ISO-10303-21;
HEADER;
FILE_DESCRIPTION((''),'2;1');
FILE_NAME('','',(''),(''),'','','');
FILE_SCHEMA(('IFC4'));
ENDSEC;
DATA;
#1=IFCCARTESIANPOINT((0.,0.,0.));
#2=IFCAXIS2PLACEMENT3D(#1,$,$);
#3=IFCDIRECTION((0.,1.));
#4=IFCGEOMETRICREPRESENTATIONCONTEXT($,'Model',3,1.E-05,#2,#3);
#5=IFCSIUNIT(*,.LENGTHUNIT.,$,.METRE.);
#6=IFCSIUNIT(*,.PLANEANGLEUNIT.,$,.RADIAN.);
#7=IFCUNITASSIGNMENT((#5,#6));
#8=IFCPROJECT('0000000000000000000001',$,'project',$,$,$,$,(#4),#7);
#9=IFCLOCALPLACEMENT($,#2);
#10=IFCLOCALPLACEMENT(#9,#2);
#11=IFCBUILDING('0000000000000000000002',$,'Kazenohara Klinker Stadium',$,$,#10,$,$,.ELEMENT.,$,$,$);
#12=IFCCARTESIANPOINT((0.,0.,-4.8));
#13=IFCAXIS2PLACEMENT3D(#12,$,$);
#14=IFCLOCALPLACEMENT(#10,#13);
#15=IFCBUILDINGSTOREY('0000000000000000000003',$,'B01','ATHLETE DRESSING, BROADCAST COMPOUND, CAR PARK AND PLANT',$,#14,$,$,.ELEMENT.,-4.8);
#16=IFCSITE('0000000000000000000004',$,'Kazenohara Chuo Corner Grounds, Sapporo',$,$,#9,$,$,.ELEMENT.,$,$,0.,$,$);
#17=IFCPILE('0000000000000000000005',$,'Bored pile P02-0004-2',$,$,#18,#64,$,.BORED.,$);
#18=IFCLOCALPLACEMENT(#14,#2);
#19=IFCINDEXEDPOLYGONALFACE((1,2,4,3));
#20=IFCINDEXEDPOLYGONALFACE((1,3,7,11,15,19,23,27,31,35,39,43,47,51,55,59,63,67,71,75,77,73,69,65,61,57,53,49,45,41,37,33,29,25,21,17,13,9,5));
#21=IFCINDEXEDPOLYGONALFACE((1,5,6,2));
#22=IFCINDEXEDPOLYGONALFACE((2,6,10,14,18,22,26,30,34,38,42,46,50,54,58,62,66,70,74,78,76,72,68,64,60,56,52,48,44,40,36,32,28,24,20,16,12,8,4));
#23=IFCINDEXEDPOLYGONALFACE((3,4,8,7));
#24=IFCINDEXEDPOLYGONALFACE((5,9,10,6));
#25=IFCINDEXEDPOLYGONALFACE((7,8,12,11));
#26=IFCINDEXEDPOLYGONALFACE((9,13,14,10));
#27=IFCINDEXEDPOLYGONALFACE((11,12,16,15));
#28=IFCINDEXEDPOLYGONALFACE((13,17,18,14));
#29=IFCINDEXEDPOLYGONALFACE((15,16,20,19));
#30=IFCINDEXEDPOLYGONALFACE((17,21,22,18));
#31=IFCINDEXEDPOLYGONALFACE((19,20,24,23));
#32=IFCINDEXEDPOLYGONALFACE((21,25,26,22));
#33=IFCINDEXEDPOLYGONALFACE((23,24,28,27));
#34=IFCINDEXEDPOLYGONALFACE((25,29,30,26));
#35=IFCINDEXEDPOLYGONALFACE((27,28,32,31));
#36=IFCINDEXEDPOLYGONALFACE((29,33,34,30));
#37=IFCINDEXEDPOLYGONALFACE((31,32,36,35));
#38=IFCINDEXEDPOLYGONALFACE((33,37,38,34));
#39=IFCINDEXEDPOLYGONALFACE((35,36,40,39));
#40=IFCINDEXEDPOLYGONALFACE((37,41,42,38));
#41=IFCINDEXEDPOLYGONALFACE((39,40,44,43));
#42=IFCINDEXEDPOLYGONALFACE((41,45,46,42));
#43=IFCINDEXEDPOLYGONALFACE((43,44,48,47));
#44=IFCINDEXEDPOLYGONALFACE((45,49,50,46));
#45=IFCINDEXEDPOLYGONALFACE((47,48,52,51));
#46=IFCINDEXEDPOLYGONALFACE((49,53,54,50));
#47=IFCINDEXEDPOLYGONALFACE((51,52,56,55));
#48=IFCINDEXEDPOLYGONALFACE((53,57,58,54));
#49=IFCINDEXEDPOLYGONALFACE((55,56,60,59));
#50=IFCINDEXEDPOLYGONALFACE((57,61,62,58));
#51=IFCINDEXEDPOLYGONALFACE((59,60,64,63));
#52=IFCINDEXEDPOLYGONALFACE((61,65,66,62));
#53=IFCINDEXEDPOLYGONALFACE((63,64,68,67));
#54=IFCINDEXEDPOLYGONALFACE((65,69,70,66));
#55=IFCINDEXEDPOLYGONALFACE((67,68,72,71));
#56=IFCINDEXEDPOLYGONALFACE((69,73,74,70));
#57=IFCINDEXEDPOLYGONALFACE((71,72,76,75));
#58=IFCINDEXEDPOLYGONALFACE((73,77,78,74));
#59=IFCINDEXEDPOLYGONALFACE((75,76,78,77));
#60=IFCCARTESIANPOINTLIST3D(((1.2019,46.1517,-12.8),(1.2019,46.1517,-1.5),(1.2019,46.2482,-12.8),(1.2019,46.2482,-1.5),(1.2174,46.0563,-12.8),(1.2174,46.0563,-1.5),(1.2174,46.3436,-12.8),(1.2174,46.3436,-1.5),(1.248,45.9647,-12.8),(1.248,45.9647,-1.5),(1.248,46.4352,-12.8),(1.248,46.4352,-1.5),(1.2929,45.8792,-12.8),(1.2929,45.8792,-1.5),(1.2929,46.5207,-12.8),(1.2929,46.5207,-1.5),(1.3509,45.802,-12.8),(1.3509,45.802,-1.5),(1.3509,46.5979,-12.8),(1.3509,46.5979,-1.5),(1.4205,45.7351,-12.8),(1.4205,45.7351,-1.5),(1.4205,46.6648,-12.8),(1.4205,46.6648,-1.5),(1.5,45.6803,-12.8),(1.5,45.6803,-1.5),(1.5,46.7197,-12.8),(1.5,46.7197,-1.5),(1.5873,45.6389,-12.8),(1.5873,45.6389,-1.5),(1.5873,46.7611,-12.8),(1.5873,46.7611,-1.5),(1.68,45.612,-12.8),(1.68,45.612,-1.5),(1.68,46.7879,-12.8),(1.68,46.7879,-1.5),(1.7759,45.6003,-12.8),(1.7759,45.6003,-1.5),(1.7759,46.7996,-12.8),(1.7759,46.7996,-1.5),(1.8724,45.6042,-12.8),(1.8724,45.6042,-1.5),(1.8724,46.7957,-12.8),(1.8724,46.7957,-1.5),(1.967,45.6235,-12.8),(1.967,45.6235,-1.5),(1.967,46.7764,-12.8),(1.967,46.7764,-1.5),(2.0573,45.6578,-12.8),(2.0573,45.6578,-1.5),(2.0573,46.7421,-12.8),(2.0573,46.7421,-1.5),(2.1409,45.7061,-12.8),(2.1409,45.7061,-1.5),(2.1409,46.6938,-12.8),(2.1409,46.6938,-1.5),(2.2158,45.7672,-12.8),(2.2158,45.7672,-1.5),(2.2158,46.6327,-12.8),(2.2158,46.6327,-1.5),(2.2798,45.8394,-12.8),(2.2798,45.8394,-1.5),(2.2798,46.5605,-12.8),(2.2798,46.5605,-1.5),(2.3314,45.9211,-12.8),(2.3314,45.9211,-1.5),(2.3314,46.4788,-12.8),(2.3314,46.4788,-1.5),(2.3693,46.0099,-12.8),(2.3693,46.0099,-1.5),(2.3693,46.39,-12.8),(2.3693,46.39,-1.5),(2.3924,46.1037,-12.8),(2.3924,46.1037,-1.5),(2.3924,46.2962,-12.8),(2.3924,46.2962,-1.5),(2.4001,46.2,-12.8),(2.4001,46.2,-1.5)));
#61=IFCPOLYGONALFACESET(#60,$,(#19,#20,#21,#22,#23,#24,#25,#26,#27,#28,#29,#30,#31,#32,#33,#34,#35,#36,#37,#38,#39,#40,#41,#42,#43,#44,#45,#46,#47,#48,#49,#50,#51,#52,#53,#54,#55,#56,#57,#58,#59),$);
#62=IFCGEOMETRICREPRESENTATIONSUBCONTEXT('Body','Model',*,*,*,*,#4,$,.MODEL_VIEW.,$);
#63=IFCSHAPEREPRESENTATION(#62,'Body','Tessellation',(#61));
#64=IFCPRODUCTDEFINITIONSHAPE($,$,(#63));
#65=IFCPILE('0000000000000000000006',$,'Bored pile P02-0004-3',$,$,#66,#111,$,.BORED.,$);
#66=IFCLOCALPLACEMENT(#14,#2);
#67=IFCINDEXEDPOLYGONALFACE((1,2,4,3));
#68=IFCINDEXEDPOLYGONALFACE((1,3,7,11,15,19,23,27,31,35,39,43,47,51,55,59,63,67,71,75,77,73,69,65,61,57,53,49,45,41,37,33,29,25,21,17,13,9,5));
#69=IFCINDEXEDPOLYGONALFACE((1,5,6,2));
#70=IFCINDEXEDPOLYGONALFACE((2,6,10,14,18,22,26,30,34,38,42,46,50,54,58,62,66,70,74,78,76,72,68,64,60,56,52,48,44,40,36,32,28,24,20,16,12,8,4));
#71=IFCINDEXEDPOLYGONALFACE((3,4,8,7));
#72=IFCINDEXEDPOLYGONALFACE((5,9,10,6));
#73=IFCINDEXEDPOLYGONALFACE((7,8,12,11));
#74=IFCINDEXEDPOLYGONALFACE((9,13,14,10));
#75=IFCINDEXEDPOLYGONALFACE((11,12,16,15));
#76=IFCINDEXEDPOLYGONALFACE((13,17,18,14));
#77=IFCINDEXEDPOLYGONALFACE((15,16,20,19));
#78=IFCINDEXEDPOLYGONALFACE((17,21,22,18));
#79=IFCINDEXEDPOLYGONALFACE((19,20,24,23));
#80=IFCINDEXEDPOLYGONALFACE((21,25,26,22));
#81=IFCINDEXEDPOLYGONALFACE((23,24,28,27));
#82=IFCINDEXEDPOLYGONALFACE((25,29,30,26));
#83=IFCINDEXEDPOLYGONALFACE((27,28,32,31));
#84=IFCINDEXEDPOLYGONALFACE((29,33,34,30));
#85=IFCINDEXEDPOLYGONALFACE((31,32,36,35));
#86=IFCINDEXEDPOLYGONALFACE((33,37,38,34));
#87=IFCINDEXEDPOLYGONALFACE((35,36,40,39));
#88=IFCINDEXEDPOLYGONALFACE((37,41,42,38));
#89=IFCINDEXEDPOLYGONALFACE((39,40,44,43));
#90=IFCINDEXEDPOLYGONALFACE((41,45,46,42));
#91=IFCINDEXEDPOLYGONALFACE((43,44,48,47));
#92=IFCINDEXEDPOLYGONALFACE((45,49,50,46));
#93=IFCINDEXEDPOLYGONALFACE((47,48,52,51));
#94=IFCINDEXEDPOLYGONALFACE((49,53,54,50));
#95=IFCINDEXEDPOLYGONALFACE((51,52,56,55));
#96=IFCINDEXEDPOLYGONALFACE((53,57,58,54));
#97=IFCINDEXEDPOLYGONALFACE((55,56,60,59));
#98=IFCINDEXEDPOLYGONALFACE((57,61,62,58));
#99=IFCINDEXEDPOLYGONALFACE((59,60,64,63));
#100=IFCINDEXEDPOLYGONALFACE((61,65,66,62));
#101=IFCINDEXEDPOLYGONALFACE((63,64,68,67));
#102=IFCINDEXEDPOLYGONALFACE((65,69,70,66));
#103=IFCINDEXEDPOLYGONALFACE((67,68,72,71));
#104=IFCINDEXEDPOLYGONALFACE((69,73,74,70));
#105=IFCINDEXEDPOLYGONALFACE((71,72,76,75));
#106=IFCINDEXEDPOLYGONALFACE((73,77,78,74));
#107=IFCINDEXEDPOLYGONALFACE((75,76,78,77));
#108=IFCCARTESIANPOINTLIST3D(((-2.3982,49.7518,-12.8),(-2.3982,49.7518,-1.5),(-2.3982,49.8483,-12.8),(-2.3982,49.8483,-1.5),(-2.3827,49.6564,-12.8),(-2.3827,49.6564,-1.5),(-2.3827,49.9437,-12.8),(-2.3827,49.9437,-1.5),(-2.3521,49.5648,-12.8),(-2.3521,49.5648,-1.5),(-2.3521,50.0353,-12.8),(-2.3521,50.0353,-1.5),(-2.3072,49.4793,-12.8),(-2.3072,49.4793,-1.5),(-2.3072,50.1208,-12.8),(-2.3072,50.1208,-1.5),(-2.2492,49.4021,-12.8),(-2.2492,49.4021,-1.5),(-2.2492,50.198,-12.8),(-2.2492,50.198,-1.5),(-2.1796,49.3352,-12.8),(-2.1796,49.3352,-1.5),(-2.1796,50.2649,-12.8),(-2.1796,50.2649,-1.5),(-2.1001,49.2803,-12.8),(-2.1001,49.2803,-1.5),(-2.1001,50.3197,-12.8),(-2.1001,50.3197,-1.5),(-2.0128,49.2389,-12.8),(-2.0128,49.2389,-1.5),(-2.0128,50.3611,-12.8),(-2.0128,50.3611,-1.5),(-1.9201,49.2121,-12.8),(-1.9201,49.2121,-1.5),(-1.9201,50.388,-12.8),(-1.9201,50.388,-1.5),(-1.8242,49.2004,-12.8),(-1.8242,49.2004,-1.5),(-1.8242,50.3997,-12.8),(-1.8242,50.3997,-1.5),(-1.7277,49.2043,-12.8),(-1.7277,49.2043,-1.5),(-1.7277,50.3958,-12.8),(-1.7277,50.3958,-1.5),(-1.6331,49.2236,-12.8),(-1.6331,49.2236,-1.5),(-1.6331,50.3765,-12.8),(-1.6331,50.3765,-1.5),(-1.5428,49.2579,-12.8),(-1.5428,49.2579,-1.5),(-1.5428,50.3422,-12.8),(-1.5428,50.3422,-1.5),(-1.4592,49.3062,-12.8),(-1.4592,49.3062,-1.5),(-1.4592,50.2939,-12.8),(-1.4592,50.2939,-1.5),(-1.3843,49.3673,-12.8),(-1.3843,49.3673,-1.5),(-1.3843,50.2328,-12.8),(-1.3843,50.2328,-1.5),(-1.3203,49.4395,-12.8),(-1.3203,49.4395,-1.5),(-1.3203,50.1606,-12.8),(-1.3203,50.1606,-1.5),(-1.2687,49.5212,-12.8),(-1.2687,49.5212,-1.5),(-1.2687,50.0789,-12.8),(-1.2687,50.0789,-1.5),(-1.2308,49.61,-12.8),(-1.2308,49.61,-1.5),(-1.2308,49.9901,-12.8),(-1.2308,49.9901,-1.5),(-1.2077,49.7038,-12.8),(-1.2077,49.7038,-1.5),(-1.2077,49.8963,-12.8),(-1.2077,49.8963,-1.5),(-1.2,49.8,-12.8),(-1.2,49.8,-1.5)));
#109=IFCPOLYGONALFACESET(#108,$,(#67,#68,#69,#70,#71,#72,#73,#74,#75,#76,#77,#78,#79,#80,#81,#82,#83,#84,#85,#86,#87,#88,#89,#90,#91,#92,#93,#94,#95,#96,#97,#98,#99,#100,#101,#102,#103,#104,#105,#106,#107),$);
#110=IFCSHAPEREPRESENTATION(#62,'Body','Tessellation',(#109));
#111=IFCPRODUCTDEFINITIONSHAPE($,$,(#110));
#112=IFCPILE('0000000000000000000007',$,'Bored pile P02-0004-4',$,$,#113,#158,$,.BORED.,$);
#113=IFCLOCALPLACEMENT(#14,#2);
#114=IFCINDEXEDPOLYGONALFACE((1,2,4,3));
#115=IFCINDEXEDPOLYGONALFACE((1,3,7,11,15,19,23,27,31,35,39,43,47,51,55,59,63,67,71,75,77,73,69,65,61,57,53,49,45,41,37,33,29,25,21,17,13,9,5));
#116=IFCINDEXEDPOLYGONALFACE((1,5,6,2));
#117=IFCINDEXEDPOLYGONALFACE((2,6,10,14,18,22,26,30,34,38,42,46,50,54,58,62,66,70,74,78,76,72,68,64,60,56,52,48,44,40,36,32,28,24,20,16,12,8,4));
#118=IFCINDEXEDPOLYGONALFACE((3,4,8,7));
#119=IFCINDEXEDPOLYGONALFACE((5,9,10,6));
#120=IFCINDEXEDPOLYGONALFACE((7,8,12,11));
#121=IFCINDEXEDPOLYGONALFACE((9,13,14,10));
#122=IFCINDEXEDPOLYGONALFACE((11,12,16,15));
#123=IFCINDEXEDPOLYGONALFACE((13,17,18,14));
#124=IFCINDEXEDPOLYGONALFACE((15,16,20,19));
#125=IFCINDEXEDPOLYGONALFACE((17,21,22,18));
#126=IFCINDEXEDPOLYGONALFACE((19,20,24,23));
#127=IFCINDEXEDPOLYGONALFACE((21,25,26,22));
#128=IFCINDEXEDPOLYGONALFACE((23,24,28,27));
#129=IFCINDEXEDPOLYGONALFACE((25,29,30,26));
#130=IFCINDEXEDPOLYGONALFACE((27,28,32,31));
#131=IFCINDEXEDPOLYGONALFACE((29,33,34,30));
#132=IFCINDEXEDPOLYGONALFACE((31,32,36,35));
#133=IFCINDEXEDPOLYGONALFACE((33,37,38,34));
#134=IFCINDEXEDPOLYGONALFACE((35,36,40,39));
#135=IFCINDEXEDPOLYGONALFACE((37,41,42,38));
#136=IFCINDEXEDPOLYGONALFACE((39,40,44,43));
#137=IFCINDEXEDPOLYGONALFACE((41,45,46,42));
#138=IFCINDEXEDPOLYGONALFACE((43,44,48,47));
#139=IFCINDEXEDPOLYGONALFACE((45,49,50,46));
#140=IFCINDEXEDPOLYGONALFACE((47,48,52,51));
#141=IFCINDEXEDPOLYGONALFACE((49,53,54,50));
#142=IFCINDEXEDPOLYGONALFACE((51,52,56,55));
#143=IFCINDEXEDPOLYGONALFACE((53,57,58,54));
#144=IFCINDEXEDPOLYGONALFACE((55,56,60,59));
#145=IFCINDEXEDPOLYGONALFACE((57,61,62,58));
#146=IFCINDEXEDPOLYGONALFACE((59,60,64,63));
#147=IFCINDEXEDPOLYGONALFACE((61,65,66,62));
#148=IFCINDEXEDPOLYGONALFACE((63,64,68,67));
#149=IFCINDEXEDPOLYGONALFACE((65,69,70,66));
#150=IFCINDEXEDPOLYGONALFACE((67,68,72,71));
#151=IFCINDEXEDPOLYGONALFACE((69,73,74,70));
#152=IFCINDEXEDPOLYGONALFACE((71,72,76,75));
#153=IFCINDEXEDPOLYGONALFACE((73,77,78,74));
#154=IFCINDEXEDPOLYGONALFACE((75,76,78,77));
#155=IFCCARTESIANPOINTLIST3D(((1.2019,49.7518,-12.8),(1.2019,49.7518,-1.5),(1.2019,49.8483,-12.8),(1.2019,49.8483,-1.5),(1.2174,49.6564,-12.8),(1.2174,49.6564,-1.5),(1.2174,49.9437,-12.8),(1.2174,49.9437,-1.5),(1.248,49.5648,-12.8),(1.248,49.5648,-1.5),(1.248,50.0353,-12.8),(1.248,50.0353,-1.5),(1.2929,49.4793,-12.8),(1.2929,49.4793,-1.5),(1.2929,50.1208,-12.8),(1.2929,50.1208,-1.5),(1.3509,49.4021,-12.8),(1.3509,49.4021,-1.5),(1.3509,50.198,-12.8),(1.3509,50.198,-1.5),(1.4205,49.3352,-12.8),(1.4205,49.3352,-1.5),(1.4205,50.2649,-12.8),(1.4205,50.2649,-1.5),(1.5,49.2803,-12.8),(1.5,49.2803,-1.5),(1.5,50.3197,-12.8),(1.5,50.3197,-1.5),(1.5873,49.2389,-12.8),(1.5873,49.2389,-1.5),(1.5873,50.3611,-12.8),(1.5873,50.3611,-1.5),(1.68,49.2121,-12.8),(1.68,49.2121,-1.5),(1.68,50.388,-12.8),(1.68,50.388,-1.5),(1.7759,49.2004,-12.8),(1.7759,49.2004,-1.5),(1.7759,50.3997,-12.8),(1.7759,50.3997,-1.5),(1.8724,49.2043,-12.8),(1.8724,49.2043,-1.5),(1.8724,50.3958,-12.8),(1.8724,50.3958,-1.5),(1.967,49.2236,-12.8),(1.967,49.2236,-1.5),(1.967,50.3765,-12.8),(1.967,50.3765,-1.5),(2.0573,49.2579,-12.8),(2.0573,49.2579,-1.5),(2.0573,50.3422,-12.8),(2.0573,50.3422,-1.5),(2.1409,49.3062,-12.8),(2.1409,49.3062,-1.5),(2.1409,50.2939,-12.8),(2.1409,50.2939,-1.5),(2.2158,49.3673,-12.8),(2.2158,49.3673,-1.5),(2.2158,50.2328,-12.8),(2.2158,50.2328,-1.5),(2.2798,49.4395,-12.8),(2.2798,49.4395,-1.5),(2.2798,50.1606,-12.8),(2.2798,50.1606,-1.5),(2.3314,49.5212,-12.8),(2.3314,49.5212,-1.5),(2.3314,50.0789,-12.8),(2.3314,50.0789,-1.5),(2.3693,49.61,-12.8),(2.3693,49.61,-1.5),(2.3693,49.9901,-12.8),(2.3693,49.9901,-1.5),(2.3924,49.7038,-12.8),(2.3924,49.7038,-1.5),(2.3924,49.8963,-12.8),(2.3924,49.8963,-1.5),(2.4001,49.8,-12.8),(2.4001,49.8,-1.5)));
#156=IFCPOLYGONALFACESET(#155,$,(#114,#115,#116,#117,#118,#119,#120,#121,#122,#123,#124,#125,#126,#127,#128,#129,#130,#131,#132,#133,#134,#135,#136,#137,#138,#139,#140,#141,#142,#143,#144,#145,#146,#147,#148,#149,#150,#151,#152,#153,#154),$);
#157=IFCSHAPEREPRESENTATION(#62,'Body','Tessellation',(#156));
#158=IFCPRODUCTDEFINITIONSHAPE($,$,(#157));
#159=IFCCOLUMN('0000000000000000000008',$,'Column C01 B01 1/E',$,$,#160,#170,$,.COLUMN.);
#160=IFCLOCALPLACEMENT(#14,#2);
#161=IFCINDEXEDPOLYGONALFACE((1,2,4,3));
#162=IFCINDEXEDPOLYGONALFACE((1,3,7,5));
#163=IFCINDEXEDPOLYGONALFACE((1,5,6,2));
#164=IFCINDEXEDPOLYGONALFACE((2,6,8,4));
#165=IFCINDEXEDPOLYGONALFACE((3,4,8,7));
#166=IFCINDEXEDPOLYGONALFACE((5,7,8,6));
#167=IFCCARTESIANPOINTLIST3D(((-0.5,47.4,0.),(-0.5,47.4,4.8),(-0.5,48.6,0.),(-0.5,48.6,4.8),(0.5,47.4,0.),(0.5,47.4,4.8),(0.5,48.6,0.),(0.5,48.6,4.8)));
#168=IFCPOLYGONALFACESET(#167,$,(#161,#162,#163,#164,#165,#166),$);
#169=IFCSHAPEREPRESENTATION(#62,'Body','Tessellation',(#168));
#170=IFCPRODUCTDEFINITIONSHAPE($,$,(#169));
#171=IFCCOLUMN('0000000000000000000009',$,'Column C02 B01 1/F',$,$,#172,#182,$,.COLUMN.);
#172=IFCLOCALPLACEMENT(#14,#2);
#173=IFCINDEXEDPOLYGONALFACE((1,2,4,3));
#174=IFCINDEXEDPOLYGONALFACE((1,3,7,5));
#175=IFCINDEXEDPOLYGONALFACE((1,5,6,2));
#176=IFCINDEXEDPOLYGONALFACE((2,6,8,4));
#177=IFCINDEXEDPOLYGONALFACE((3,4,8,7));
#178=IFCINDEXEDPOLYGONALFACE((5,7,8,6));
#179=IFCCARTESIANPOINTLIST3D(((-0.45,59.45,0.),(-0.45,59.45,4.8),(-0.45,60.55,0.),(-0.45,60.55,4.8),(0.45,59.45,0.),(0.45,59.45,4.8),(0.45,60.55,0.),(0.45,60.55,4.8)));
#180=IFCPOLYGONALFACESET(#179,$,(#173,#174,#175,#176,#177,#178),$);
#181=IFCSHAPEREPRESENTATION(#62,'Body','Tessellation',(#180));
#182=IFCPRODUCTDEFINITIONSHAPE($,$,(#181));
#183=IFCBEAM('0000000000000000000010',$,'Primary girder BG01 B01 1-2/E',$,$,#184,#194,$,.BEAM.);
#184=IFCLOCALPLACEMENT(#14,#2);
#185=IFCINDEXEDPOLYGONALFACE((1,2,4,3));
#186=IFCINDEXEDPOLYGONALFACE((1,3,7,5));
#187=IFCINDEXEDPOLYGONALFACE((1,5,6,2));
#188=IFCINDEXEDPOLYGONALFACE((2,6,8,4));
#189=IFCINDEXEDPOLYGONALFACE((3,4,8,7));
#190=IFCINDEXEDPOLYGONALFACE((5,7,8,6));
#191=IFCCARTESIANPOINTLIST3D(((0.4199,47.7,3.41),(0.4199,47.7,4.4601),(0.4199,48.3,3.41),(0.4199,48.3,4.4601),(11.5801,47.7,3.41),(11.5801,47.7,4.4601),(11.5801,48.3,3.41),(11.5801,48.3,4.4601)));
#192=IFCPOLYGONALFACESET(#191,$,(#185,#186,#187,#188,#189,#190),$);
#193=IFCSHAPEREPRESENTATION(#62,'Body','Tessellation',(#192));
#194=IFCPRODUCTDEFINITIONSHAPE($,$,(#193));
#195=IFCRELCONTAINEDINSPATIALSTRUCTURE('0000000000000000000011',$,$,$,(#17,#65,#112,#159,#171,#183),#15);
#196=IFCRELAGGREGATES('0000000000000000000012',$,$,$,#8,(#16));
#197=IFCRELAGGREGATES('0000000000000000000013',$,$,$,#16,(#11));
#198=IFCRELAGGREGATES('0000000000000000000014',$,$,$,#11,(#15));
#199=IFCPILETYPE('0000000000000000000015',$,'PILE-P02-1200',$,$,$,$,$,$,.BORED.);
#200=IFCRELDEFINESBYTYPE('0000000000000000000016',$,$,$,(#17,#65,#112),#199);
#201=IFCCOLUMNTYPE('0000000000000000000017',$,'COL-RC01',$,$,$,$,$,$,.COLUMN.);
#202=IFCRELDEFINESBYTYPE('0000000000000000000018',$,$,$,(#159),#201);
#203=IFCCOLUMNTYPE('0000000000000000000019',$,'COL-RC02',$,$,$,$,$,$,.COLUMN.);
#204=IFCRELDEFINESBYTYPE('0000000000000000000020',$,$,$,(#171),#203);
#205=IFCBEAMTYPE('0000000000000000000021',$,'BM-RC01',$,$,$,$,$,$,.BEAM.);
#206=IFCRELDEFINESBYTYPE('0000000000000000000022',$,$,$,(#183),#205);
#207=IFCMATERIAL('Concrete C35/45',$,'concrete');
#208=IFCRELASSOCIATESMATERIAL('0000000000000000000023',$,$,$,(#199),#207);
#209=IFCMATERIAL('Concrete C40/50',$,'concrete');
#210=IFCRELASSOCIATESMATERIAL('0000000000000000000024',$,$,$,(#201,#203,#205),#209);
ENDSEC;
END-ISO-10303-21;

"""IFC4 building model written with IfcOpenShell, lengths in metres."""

from ifc_helpers import new_model, si_unit, direction, frame, origin, origin_2d, place, context, subcontext, project, spatial, rectangle, circle, extrude, material, material_profile, profile_set, type_object, element, save


model = new_model("IFC4")

# Units and contexts
model_context = context("Model", 3, precision=1e-05, world=origin(), true_north=direction((0.0, 1.0)))
body_context = subcontext(model_context, "Body", "Model", "MODEL_VIEW")
ifc_project = project(units=[si_unit("LENGTHUNIT", "METRE"), si_unit("PLANEANGLEUNIT", "RADIAN")], contexts=[model_context])

# Site, building, storey
site_placement = place(None, origin())
site = spatial("IfcSite", under=ifc_project, at=site_placement, Name="Kazenohara Chuo Corner Grounds, Sapporo", CompositionType="ELEMENT", RefElevation=0.0)
building_placement = place(site_placement, origin())
building = spatial("IfcBuilding", under=site, at=building_placement, Name="Kazenohara Klinker Stadium", CompositionType="ELEMENT")
storey_placement = place(building_placement, frame((0.0, 0.0, -4.8)))
storey = spatial("IfcBuildingStorey", under=building, at=storey_placement, Name="B01", Description="ATHLETE DRESSING, BROADCAST COMPOUND, CAR PARK AND PLANT", CompositionType="ELEMENT", Elevation=-4.8)

# Shared definitions
ifc_material_1 = material(Name="Concrete C35/45", Category="concrete")

# Piles
ifc_material_profile_1 = material_profile(ifc_material_1, circle(Radius=0.6001, at=origin_2d()), Name="BORED-PILE-1200")
ifc_profile_set_1 = profile_set([ifc_material_profile_1], Name="Concrete C35/45")
pile_type_1 = type_object("IfcPileType", Name="PILE-P02-1200", PredefinedType="BORED", material=ifc_profile_set_1)
for number, where, z_axis, x_axis, name in (
    (1, (1.8, 46.2, -1.5), (0.0, 0.0, -1.0), (1.0, 0.0, 0.0), "Bored pile P02-0004-2"),
    (2, (-1.8, 49.8, -1.5), (0.0, 0.0, -1.0), (1.0, 0.0, 0.0), "Bored pile P02-0004-3"),
    (3, (1.8, 49.8, -1.5), (0.0, 0.0, -1.0), (1.0, 0.0, 0.0), "Bored pile P02-0004-4"),
):
    element("IfcPile", number, at=place(storey_placement, frame(where, z_axis=z_axis, x_axis=x_axis)), inside=storey, type_object=pile_type_1, Name=name, PredefinedType="BORED", context=body_context, shape_type="SweptSolid", body=[
        extrude(circle(Radius=0.6001, at=origin_2d()), origin(), (0.0, 0.0, 1.0), 11.3),
    ])

# Columns
ifc_material_2 = material(Name="Concrete C40/50", Category="concrete")
ifc_material_profile_2 = material_profile(ifc_material_2, rectangle(XDim=1.0, YDim=1.2, at=origin_2d()), Name="RC-COL-1200x1000")
ifc_profile_set_2 = profile_set([ifc_material_profile_2], Name="Concrete C40/50")
column_type_1 = type_object("IfcColumnType", Name="COL-RC01", PredefinedType="COLUMN", material=ifc_profile_set_2)
column_1_placement = place(storey_placement, frame((0.0, 48.0, 0.0), z_axis=(0.0, 0.0, 1.0), x_axis=(1.0, 0.0, 0.0)))
element("IfcColumn", 4, at=column_1_placement, inside=storey, type_object=column_type_1, Name="Column C01 B01 1/E", PredefinedType="COLUMN", context=body_context, shape_type="SweptSolid", body=[
    extrude(rectangle(XDim=1.0, YDim=1.2, at=origin_2d()), origin(), (0.0, 0.0, 1.0), 4.8),
])
ifc_material_profile_3 = material_profile(ifc_material_2, rectangle(XDim=0.8999, YDim=1.1001, at=origin_2d()), Name="RC-COL-1100x900")
ifc_profile_set_3 = profile_set([ifc_material_profile_3], Name="Concrete C40/50")
column_type_2 = type_object("IfcColumnType", Name="COL-RC02", PredefinedType="COLUMN", material=ifc_profile_set_3)
column_2_placement = place(storey_placement, frame((0.0, 60.0, 0.0), z_axis=(0.0, 0.0, 1.0), x_axis=(1.0, 0.0, 0.0)))
element("IfcColumn", 5, at=column_2_placement, inside=storey, type_object=column_type_2, Name="Column C02 B01 1/F", PredefinedType="COLUMN", context=body_context, shape_type="SweptSolid", body=[
    extrude(rectangle(XDim=0.8999, YDim=1.1001, at=origin_2d()), origin(), (0.0, 0.0, 1.0), 4.8),
])

# Beam
ifc_material_profile_4 = material_profile(ifc_material_2, rectangle(XDim=0.6001, YDim=1.05, at=origin_2d()), Name="RC-BM-600x1050")
ifc_profile_set_4 = profile_set([ifc_material_profile_4], Name="Concrete C40/50")
beam_type_1 = type_object("IfcBeamType", Name="BM-RC01", PredefinedType="BEAM", material=ifc_profile_set_4)
beam_1_placement = place(storey_placement, frame((0.4199, 48.0, 3.9351), z_axis=(1.0, 0.0, 0.0), x_axis=(0.0, 1.0, 0.0)))
element("IfcBeam", 6, at=beam_1_placement, inside=storey, type_object=beam_type_1, Name="Primary girder BG01 B01 1-2/E", PredefinedType="BEAM", context=body_context, shape_type="SweptSolid", body=[
    extrude(rectangle(XDim=0.6001, YDim=1.05, at=origin_2d()), origin(), (0.0, 0.0, 1.0), 11.1602),
])

save(model, "model.ifc")
